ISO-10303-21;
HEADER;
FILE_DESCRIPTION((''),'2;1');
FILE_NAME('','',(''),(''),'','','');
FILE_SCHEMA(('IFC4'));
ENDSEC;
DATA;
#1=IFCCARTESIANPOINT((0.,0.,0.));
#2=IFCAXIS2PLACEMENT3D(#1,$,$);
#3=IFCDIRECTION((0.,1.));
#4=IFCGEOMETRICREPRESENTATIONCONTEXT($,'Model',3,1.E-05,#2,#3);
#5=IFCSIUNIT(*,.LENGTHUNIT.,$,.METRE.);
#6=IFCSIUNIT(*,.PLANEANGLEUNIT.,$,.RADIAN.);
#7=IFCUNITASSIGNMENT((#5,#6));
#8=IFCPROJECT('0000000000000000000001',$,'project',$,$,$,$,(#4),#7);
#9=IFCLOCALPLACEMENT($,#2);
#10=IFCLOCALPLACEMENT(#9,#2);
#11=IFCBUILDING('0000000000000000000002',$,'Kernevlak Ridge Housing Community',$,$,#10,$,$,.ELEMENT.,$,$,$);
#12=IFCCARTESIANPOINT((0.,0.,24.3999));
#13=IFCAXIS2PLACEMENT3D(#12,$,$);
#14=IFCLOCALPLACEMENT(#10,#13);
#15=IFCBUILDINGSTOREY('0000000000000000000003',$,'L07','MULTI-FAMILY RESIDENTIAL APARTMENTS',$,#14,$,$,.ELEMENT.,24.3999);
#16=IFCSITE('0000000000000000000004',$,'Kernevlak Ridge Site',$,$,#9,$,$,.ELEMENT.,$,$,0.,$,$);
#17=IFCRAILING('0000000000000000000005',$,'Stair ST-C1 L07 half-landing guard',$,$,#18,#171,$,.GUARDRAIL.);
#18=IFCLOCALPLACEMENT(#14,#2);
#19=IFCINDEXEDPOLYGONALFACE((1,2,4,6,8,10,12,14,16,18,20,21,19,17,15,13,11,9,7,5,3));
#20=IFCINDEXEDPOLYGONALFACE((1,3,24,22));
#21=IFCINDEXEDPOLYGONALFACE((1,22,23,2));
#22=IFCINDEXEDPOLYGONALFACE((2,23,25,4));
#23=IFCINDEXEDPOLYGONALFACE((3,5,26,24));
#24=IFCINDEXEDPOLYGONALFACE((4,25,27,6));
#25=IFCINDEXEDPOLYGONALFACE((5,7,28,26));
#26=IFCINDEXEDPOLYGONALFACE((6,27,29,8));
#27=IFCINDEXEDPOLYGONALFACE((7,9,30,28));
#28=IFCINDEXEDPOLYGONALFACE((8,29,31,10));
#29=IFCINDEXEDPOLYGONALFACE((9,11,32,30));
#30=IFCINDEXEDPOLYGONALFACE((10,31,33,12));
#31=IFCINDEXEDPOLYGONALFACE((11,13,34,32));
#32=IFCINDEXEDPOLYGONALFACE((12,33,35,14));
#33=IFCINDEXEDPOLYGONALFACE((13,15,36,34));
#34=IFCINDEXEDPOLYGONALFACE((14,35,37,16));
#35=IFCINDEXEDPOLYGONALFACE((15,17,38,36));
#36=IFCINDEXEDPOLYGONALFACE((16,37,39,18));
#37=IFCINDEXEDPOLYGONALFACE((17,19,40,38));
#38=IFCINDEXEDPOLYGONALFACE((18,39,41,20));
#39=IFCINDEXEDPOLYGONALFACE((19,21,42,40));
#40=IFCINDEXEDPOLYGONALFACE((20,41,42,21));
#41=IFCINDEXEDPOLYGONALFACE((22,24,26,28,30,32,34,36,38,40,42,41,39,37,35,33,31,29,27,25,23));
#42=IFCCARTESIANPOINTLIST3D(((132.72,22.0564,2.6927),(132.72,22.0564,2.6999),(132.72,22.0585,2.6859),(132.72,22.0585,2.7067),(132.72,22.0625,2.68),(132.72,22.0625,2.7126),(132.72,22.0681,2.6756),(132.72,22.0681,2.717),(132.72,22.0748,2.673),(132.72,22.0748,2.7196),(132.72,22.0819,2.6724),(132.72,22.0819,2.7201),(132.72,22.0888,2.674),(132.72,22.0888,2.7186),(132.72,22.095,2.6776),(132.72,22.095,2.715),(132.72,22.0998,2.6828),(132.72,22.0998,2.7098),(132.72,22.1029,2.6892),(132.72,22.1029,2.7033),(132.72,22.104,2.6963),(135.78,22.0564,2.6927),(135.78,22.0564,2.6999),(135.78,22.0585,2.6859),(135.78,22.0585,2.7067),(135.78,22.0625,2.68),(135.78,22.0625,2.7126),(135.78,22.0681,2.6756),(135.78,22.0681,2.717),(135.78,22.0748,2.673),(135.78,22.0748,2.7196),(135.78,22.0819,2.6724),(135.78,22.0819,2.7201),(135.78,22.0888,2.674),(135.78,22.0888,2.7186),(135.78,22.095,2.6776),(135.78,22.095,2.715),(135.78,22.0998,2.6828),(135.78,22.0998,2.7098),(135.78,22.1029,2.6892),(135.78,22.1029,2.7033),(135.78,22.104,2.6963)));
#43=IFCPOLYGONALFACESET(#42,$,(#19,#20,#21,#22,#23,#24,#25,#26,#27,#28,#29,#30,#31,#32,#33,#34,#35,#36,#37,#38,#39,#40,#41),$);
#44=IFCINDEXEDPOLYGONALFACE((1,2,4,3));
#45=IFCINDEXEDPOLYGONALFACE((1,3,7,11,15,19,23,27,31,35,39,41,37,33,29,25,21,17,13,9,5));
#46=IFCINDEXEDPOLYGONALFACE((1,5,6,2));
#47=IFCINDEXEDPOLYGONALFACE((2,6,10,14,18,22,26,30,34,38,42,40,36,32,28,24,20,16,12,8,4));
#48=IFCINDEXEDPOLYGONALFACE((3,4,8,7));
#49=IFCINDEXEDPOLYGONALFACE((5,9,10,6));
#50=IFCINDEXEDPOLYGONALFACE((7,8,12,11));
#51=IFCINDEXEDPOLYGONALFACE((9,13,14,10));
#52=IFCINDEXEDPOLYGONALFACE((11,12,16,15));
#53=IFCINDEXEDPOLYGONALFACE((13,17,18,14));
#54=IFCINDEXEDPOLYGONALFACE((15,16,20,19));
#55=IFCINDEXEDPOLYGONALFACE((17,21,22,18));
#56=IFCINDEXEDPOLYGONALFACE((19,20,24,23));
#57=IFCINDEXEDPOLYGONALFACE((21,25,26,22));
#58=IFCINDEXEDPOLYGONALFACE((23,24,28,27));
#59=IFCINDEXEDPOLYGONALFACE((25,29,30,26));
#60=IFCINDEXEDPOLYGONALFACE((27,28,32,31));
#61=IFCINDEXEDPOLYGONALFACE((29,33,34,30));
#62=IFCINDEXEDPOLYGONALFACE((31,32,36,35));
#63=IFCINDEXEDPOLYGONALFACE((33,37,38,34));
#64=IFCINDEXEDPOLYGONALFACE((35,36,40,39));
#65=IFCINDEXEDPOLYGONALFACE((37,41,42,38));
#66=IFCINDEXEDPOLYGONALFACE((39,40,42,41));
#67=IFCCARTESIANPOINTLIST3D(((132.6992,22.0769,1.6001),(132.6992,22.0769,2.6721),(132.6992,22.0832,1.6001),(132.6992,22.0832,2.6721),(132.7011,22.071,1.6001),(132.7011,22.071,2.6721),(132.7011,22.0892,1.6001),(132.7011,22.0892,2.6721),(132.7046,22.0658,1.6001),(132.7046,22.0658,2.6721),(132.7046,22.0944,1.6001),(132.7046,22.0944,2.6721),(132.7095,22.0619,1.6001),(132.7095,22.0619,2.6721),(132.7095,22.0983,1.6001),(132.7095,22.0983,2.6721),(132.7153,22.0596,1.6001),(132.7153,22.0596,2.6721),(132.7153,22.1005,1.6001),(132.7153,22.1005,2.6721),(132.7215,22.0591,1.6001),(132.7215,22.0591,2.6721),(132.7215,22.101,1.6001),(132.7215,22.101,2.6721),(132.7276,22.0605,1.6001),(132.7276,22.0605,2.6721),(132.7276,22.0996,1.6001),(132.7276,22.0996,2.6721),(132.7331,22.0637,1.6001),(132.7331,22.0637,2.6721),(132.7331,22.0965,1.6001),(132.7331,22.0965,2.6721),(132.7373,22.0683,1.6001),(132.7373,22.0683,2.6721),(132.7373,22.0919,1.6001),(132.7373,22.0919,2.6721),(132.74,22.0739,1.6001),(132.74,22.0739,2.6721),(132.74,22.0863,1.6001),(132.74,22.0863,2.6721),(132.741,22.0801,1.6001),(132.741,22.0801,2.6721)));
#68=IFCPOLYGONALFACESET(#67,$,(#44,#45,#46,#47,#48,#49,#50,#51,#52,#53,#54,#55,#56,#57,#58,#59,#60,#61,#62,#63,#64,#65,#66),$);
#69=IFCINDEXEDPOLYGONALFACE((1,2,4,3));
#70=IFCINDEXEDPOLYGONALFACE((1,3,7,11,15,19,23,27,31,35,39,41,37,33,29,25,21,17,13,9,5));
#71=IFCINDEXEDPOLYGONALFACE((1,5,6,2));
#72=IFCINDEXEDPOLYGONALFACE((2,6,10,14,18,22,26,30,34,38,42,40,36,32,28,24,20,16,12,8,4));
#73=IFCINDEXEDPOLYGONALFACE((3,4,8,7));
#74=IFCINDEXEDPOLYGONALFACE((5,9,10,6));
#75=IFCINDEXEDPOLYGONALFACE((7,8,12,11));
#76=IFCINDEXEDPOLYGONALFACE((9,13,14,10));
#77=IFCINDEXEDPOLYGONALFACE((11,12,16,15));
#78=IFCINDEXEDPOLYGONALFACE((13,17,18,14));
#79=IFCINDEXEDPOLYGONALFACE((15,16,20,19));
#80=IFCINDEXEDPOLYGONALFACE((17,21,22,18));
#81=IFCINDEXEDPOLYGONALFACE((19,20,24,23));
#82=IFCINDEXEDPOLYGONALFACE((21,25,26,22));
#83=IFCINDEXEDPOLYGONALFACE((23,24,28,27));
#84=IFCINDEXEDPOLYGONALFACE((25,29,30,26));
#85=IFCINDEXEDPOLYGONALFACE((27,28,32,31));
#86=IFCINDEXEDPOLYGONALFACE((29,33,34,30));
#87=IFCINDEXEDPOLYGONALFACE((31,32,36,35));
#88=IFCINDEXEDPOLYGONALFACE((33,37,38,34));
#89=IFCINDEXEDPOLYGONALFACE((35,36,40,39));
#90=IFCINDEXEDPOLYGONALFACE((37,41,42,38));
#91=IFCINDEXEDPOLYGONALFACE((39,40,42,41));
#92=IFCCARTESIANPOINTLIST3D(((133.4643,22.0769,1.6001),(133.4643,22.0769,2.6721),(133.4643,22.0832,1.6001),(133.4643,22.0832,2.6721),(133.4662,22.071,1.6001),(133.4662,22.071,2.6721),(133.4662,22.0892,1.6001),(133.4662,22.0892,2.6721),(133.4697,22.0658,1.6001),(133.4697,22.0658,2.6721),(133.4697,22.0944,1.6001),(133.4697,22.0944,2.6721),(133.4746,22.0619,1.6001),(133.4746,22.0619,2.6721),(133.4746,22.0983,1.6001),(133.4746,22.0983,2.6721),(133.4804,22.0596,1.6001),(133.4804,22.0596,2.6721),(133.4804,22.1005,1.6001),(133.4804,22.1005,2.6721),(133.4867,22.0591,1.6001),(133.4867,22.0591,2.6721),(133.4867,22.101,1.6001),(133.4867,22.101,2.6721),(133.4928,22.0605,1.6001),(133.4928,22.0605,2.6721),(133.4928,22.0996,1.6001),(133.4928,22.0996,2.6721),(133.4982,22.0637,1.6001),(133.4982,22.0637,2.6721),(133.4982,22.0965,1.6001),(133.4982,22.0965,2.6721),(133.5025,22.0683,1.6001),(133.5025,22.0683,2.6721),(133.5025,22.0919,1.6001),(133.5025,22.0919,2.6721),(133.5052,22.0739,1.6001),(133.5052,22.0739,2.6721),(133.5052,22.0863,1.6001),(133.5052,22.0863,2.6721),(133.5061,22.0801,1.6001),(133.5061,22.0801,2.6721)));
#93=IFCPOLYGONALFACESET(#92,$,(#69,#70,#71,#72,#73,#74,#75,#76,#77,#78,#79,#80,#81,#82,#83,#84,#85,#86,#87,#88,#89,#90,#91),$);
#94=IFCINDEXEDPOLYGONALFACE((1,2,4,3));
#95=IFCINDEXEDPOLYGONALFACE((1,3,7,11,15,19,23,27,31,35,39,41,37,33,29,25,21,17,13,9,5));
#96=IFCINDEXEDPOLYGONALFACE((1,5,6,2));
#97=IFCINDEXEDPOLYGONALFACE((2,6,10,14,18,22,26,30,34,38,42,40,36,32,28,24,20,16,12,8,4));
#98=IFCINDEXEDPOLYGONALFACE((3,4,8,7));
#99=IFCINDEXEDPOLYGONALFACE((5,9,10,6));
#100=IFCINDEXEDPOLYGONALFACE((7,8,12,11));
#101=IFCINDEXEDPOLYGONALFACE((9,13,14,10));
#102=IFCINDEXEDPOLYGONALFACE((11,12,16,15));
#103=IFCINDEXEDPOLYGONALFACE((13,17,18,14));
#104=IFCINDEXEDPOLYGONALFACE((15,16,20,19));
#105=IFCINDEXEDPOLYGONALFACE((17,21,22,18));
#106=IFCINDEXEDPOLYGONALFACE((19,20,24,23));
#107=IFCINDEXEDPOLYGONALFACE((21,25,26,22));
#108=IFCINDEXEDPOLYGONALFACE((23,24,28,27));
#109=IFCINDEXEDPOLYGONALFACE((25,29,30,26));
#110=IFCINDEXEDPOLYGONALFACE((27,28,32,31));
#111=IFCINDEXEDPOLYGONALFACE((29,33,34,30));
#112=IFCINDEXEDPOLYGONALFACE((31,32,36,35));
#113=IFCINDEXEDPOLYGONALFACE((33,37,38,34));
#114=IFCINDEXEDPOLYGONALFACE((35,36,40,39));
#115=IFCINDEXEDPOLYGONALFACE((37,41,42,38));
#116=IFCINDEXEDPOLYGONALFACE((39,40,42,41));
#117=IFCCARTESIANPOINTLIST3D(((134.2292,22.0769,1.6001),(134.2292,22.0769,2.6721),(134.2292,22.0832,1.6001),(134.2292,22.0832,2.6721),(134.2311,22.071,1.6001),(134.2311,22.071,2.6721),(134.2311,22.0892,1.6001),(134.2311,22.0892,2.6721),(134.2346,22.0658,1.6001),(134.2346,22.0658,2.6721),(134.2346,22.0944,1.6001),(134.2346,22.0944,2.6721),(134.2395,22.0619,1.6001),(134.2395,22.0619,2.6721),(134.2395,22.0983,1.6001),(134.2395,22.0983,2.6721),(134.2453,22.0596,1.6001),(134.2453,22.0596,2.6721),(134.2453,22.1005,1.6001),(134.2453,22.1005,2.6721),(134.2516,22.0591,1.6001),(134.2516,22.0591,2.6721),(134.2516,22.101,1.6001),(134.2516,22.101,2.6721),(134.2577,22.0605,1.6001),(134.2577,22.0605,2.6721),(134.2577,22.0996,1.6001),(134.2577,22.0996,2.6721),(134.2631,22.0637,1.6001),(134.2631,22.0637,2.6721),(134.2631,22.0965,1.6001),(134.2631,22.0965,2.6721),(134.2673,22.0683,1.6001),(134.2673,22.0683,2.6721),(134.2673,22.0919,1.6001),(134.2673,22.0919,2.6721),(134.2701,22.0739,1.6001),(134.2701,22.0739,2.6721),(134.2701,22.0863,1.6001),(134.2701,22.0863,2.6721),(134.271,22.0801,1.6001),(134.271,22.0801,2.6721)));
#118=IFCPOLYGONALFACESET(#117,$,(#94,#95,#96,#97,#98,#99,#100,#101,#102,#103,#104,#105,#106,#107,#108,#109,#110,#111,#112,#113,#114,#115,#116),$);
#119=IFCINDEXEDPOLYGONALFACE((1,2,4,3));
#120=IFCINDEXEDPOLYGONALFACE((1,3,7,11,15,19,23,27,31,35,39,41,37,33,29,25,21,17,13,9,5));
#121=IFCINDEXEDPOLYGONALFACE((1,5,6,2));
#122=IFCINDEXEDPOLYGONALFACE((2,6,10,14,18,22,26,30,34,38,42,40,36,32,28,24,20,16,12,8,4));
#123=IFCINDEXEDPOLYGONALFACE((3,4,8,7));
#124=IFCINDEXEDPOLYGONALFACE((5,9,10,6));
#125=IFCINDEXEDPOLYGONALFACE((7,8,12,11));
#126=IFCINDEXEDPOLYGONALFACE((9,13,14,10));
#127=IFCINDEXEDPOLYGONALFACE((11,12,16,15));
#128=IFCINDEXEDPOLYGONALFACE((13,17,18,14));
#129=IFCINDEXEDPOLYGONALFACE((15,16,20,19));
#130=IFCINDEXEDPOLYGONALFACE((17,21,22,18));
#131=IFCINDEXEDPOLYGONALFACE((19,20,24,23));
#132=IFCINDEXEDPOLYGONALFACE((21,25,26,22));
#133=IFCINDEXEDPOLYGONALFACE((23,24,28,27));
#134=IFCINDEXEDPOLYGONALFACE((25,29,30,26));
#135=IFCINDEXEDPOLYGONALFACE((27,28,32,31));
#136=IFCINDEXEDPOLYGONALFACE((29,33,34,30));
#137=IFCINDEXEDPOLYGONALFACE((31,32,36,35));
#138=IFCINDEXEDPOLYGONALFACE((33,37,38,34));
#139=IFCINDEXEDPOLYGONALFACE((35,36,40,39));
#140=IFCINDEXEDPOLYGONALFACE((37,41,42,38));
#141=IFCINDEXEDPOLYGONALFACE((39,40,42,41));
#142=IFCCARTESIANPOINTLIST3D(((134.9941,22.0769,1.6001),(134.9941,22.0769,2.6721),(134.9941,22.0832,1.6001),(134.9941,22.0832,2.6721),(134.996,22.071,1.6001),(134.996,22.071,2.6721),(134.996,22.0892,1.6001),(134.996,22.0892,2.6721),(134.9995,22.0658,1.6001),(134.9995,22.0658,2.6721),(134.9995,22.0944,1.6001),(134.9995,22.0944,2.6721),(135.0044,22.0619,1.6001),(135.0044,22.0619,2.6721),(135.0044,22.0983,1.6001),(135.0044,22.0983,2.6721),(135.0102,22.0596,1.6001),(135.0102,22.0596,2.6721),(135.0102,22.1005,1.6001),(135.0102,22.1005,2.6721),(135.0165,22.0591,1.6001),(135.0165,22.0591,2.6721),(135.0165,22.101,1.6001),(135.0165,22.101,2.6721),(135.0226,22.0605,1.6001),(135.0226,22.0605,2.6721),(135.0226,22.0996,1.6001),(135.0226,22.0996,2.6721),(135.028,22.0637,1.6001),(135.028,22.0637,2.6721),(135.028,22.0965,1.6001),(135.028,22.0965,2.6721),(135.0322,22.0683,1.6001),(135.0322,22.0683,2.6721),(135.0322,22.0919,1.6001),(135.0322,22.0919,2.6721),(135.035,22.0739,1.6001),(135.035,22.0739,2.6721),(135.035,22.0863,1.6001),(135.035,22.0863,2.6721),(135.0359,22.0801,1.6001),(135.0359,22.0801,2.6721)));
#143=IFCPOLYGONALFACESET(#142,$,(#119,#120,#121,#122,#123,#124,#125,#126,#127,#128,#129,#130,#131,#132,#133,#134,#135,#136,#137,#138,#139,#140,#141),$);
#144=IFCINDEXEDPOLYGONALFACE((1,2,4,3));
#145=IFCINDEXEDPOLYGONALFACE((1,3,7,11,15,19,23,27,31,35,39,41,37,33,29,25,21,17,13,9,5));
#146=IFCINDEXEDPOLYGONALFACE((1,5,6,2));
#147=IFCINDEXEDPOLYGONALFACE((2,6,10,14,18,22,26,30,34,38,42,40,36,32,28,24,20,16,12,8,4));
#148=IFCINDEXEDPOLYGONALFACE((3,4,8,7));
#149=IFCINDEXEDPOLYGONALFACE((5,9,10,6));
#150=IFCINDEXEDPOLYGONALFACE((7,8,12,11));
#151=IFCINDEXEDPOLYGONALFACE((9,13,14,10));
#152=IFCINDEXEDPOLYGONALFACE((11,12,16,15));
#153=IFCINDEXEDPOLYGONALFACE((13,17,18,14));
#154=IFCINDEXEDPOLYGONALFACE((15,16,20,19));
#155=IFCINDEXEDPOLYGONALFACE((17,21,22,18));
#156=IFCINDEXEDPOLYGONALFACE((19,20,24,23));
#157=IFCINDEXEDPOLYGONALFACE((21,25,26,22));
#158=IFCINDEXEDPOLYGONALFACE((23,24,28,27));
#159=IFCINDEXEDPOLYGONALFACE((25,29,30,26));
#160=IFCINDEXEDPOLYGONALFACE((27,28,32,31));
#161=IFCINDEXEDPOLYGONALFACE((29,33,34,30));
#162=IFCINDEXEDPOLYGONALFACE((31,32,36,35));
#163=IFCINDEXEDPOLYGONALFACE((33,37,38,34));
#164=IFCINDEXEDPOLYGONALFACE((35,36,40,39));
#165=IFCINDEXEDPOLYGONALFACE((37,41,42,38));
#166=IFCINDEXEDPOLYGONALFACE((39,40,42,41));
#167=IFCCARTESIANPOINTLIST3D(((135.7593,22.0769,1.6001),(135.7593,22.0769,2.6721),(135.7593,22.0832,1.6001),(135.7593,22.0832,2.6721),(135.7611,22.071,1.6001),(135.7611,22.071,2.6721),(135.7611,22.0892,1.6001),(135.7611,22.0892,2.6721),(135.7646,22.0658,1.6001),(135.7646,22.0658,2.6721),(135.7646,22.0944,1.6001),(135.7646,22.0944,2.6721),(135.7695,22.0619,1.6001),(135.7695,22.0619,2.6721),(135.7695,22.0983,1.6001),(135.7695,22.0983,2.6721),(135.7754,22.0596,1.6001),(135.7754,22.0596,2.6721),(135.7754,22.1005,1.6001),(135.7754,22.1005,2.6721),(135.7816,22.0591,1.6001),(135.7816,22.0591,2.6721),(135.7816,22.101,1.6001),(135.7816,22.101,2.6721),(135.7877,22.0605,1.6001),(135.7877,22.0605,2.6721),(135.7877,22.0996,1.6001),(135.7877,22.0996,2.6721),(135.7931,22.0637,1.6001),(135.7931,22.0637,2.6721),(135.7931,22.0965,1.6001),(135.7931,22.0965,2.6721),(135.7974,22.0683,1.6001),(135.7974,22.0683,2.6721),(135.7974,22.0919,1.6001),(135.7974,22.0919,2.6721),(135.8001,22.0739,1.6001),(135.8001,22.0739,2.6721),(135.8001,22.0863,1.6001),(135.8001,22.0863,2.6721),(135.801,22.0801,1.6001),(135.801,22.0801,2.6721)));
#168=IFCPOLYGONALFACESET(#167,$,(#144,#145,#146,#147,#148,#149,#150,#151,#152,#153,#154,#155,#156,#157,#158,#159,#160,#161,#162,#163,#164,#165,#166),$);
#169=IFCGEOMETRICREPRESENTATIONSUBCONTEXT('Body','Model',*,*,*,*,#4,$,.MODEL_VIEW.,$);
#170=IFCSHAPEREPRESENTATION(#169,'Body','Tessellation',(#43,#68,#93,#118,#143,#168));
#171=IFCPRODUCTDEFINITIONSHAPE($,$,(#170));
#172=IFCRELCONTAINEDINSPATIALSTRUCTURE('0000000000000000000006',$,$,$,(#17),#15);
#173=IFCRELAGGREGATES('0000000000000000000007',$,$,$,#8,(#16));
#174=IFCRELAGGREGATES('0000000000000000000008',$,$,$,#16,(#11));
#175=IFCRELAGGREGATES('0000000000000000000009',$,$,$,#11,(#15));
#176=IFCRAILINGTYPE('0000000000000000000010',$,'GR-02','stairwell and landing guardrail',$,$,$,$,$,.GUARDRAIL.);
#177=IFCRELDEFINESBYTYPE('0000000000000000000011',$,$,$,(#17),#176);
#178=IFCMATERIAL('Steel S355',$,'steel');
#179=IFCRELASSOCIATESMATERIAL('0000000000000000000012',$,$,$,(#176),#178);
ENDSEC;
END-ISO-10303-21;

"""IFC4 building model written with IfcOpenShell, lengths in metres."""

from ifc_helpers import new_model, si_unit, direction, frame, origin, origin_2d, place, context, subcontext, project, spatial, circle, extrude, material, type_object, element, save


model = new_model("IFC4")

# Units and contexts
model_context = context("Model", 3, precision=1e-05, world=origin(), true_north=direction((0.0, 1.0)))
body_context = subcontext(model_context, "Body", "Model", "MODEL_VIEW")
ifc_project = project(units=[si_unit("LENGTHUNIT", "METRE"), si_unit("PLANEANGLEUNIT", "RADIAN")], contexts=[model_context])

# Site, building, storey
site_placement = place(None, origin())
site = spatial("IfcSite", under=ifc_project, at=site_placement, Name="Kernevlak Ridge Site", CompositionType="ELEMENT", RefElevation=0.0)
building_placement = place(site_placement, origin())
building = spatial("IfcBuilding", under=site, at=building_placement, Name="Kernevlak Ridge Housing Community", CompositionType="ELEMENT")
storey_placement = place(building_placement, frame((0.0, 0.0, 24.3999)))
storey = spatial("IfcBuildingStorey", under=building, at=storey_placement, Name="L07", Description="MULTI-FAMILY RESIDENTIAL APARTMENTS", CompositionType="ELEMENT", Elevation=24.3999)

# Railing
ifc_material_1 = material(Name="Steel S355", Category="steel")
railing_type_1 = type_object("IfcRailingType", Name="GR-02", Description="stairwell and landing guardrail", PredefinedType="GUARDRAIL", material=ifc_material_1)
railing_1_placement = place(storey_placement, frame((132.72, 22.0801, 1.6001)))
element("IfcRailing", 1, at=railing_1_placement, inside=storey, type_object=railing_type_1, Name="Stair ST-C1 L07 half-landing guard", PredefinedType="GUARDRAIL", context=body_context, shape_type="SweptSolid", body=[
    extrude(circle(Radius=0.0239, at=origin_2d()), frame((0.0, 0.0, 1.0962), z_axis=(1.0, 0.0, 0.0), x_axis=(0.0, 1.0, 0.0)), (0.0, 0.0, 1.0), 3.0601),
    extrude(circle(Radius=0.021, at=origin_2d()), origin(), (0.0, 0.0, 1.0), 1.072),
    extrude(circle(Radius=0.021, at=origin_2d()), frame((0.7651, 0.0, 0.0)), (0.0, 0.0, 1.0), 1.072),
    extrude(circle(Radius=0.021, at=origin_2d()), frame((1.53, 0.0, 0.0)), (0.0, 0.0, 1.0), 1.072),
    extrude(circle(Radius=0.021, at=origin_2d()), frame((2.2949, 0.0, 0.0)), (0.0, 0.0, 1.0), 1.072),
    extrude(circle(Radius=0.021, at=origin_2d()), frame((3.0601, 0.0, 0.0)), (0.0, 0.0, 1.0), 1.072),
])

save(model, "model.ifc")
